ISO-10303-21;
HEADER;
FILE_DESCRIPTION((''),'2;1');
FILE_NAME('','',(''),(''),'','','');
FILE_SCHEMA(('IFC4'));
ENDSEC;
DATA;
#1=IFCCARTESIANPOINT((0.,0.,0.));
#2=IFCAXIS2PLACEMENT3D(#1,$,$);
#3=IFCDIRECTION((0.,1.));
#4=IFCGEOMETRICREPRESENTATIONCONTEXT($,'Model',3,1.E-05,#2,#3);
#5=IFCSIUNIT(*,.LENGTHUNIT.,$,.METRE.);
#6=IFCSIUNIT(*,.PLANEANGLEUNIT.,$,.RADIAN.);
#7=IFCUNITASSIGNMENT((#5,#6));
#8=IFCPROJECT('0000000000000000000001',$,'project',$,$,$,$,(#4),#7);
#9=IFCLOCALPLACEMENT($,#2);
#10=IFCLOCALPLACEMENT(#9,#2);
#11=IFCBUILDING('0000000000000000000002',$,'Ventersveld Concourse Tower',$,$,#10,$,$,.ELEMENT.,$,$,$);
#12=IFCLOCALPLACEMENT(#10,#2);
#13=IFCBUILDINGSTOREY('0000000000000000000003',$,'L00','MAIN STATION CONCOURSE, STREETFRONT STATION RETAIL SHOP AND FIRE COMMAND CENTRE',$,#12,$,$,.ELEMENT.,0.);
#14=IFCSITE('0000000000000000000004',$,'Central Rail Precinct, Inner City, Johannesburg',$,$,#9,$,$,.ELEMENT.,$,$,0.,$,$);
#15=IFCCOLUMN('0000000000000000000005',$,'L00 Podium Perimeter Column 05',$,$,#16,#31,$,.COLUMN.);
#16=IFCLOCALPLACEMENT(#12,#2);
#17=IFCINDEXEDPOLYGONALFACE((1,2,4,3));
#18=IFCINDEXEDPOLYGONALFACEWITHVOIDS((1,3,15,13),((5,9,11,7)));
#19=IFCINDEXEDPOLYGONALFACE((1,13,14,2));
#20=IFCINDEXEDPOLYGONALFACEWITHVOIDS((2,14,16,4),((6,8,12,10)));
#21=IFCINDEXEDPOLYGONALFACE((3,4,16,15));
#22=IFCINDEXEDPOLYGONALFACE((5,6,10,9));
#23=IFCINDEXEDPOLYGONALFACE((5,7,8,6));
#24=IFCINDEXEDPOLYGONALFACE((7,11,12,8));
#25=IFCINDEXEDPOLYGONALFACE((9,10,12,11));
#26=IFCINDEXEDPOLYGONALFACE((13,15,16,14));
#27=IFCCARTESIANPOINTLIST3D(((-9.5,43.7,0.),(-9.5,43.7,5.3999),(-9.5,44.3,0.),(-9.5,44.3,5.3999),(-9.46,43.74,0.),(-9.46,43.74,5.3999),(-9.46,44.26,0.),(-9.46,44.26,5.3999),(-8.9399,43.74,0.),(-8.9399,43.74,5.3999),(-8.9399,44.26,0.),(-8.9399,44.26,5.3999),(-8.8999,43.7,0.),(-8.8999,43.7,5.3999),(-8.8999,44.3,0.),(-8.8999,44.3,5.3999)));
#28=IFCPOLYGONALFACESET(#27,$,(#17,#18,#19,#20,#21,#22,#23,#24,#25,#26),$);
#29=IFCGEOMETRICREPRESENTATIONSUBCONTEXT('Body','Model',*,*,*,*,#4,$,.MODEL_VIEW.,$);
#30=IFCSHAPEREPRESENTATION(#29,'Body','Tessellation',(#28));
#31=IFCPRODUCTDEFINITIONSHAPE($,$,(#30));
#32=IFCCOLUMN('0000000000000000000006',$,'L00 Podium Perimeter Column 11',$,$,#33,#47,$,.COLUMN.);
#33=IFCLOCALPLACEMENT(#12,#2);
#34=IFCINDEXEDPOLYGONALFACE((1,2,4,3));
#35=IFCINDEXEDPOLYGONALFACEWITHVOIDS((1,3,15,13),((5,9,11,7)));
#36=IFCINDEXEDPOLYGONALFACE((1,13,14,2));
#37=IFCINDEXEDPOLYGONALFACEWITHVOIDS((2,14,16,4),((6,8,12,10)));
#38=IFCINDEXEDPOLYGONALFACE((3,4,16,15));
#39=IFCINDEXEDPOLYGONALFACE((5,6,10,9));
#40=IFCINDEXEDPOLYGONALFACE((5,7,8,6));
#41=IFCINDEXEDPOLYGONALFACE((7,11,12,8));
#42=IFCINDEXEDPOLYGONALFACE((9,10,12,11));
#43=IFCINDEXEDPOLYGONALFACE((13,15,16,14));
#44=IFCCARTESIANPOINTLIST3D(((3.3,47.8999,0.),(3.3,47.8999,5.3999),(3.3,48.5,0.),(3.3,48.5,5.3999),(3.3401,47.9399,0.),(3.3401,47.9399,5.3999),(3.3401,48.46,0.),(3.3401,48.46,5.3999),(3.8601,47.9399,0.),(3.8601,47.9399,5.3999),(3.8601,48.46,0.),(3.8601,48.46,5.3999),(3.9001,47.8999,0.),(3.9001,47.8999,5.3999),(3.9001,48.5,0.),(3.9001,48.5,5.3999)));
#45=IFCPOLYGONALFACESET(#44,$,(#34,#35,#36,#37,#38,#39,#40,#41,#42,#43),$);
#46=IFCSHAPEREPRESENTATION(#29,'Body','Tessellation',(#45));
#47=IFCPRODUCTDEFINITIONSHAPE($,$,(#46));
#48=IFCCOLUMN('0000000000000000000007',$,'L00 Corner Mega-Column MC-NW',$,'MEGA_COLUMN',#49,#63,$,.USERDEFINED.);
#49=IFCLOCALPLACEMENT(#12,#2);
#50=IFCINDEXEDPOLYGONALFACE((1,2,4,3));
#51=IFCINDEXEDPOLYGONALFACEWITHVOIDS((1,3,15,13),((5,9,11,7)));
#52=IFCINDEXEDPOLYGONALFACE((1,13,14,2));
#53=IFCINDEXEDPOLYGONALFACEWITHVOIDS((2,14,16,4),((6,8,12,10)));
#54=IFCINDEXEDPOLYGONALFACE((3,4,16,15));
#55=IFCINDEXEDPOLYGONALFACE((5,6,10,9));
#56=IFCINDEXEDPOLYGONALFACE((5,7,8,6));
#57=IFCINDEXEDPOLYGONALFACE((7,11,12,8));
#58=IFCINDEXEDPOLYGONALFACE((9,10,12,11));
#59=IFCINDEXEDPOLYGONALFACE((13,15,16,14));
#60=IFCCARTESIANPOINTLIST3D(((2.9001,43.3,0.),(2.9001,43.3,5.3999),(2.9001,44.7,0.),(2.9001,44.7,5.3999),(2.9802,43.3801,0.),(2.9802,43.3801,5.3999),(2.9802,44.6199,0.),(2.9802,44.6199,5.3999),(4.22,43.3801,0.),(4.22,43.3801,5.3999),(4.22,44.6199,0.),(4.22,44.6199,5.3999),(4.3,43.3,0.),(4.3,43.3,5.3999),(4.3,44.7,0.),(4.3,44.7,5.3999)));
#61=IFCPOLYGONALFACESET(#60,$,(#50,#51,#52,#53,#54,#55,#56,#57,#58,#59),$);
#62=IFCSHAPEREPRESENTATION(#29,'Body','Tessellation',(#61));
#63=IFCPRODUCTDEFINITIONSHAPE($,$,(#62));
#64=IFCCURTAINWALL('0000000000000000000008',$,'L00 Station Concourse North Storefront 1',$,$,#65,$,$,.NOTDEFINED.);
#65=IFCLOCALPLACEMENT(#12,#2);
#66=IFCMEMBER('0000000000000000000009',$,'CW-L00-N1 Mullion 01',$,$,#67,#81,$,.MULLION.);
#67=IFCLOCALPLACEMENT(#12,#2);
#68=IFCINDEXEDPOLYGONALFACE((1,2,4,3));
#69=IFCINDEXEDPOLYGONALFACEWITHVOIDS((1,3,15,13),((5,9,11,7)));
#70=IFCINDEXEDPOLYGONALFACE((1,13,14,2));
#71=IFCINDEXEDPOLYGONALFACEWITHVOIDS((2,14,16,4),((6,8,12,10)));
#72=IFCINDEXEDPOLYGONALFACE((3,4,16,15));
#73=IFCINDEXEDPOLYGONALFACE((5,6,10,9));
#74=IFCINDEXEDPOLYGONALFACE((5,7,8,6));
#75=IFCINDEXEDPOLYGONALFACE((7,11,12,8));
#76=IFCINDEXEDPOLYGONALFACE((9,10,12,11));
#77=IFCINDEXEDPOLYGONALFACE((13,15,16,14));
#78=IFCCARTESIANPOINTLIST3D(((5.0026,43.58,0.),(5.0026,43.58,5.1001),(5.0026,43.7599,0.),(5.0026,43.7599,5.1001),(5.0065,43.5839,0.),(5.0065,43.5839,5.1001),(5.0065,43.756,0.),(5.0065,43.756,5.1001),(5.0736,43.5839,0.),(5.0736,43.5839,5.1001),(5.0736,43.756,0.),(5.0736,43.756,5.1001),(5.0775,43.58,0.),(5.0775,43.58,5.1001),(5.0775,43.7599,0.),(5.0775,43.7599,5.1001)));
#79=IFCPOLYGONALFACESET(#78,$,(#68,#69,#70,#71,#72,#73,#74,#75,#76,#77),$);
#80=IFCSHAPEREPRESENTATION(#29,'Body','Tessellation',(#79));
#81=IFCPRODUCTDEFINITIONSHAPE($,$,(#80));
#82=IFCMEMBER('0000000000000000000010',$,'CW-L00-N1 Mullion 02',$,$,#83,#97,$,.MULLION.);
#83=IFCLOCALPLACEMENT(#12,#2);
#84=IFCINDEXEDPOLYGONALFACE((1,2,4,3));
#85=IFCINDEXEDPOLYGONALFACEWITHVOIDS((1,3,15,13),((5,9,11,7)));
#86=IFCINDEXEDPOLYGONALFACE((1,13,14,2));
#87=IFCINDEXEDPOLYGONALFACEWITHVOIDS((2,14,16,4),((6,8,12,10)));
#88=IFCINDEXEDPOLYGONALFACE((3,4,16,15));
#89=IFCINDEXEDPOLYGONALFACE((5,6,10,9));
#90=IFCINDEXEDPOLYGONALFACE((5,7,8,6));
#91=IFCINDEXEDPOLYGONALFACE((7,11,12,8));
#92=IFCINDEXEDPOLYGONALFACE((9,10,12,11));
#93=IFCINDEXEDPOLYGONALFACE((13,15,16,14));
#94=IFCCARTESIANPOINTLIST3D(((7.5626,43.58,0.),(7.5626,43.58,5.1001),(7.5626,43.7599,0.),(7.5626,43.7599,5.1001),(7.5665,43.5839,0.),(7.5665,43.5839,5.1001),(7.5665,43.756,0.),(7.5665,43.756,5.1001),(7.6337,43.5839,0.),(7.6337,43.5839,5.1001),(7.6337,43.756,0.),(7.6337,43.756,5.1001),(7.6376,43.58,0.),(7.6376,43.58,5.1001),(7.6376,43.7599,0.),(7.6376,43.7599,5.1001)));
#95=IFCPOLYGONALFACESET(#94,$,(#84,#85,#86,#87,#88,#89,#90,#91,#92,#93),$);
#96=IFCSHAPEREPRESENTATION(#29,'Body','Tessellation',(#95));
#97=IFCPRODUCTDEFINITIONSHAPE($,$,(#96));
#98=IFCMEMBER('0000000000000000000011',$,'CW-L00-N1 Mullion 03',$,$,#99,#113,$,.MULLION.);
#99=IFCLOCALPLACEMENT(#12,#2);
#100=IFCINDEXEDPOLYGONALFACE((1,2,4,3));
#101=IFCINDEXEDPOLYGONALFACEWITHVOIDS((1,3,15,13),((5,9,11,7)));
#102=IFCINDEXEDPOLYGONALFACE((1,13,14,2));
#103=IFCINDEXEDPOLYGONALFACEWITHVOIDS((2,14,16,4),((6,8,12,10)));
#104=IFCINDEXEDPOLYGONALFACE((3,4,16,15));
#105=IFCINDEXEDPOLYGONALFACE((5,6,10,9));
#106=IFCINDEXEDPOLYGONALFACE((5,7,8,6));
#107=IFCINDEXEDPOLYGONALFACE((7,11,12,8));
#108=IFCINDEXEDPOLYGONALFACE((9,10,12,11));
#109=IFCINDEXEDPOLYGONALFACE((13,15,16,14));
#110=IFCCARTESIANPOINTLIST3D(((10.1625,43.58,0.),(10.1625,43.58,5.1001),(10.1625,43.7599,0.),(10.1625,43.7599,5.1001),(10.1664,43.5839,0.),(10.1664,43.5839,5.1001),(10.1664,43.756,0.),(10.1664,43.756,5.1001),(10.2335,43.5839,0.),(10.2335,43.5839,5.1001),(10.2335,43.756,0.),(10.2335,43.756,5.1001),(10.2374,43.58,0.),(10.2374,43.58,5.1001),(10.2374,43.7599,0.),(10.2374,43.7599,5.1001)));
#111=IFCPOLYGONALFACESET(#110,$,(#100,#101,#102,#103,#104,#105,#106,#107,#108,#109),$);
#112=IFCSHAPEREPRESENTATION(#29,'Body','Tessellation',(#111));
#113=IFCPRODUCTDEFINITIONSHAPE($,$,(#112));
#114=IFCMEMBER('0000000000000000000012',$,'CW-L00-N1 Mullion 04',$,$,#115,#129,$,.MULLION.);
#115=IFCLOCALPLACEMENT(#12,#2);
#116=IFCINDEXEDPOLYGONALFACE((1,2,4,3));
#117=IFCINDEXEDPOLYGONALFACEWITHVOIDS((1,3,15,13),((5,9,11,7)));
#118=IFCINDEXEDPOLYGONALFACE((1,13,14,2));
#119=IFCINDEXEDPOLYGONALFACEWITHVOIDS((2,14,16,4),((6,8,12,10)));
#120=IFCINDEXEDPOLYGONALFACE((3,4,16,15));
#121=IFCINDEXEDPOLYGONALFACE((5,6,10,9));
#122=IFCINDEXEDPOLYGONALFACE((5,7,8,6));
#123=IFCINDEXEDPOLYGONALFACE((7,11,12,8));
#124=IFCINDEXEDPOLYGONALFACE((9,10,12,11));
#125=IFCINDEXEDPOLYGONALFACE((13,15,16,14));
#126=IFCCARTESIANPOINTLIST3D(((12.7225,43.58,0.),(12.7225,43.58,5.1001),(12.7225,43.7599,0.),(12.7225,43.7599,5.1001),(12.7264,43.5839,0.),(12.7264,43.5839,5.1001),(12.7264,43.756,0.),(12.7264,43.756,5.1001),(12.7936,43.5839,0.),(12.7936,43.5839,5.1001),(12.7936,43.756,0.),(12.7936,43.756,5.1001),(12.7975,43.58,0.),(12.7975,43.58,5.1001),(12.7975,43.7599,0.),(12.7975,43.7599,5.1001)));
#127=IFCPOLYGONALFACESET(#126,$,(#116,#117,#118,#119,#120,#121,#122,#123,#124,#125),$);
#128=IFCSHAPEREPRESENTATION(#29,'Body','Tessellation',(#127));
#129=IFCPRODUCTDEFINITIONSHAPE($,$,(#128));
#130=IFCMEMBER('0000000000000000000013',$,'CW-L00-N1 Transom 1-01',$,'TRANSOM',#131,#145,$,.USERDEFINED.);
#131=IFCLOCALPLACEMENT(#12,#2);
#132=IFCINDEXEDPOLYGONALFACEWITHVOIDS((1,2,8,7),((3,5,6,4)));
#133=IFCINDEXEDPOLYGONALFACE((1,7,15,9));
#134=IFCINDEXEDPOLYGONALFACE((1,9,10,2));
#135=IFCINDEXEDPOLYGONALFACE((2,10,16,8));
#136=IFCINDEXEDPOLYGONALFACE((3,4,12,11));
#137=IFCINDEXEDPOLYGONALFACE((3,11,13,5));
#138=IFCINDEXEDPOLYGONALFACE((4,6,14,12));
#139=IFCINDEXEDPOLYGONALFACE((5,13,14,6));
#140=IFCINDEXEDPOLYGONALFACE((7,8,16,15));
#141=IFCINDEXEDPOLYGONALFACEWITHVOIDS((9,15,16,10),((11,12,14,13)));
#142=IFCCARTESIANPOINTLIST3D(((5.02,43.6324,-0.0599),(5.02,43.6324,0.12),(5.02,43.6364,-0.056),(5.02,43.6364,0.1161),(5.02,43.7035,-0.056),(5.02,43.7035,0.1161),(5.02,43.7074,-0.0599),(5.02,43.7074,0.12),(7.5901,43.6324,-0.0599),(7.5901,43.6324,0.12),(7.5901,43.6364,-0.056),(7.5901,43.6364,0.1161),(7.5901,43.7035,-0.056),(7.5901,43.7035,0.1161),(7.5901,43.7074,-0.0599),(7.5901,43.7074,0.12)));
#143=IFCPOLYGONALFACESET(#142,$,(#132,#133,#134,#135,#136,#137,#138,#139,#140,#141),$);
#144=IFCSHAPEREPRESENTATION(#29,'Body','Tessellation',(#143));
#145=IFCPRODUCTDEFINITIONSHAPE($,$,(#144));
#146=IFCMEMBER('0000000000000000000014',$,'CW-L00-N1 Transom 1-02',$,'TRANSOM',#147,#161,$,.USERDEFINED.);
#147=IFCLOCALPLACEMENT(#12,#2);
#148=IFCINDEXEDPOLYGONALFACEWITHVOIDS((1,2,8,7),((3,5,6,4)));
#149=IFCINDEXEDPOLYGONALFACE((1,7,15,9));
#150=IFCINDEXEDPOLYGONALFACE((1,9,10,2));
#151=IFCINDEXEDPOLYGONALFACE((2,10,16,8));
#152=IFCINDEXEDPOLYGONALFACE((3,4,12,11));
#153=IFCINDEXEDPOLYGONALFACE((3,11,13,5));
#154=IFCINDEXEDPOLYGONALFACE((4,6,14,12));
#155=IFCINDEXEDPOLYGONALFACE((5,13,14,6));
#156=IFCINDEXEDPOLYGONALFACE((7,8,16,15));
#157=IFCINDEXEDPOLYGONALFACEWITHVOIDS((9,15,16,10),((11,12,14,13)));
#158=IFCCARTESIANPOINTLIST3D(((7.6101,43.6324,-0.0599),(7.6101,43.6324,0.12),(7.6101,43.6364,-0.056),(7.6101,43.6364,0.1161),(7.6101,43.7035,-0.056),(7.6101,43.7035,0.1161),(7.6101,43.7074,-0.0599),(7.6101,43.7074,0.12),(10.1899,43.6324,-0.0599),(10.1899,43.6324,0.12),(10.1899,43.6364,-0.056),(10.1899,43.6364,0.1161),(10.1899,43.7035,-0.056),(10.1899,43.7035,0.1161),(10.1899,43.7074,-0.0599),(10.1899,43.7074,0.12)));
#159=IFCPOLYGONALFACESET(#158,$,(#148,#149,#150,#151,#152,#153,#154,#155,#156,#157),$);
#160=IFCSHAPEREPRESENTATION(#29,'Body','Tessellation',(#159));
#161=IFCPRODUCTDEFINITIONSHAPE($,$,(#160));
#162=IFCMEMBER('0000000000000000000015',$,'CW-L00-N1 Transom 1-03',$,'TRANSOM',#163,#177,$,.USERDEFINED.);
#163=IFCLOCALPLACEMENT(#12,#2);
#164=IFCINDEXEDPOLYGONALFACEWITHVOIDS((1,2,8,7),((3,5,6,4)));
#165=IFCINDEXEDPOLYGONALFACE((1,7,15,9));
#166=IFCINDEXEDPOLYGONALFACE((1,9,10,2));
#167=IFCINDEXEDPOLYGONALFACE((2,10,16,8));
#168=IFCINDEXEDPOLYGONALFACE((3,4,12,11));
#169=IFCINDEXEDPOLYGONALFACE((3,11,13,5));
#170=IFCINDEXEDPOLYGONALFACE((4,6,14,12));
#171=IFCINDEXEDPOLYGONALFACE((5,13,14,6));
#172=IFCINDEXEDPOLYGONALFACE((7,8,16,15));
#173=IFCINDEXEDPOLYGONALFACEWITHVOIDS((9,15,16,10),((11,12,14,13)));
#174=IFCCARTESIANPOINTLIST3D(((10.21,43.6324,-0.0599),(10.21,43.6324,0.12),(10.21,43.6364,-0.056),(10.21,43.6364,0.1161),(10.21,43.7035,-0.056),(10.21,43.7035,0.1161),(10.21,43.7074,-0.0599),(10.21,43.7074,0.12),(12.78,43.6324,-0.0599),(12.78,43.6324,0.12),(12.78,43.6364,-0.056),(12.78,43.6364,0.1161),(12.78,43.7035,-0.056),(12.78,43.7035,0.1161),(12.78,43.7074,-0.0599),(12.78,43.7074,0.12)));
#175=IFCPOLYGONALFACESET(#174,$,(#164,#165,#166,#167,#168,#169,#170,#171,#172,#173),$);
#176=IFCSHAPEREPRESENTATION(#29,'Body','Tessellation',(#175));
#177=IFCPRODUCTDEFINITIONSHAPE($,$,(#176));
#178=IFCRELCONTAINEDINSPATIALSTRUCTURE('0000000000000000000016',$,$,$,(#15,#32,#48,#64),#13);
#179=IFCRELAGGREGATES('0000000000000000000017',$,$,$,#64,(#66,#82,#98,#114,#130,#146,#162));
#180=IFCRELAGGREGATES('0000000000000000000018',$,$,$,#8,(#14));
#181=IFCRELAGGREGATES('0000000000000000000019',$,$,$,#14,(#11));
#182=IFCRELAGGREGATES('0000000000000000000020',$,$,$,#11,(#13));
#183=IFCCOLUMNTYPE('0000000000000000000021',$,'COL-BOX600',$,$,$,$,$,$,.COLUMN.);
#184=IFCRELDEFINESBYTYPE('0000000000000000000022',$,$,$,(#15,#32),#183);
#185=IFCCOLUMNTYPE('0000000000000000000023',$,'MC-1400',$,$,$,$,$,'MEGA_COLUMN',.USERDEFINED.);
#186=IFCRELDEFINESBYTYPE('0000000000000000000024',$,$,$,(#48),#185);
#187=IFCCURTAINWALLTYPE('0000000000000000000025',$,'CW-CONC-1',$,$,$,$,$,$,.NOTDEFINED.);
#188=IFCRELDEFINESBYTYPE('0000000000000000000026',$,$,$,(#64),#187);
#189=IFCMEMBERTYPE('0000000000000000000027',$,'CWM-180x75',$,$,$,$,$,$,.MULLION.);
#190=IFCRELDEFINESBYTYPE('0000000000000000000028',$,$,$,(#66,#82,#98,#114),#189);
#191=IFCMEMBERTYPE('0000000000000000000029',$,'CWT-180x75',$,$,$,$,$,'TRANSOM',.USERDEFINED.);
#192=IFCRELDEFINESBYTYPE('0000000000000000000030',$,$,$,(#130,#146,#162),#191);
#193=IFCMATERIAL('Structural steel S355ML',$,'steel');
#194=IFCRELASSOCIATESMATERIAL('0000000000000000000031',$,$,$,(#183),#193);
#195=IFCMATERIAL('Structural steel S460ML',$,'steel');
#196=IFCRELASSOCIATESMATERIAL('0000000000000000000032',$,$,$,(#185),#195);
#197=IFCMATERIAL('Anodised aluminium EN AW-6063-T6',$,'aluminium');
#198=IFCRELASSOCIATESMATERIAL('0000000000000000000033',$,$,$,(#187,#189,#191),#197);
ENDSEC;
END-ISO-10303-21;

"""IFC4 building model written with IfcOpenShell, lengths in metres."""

from ifc_helpers import new_model, si_unit, direction, frame, origin, origin_2d, place, context, subcontext, project, spatial, hollow_rectangle, extrude, material, material_profile, profile_set, type_object, element, aggregate, save


model = new_model("IFC4")

# Units and contexts
model_context = context("Model", 3, precision=1e-05, world=origin(), true_north=direction((0.0, 1.0)))
body_context = subcontext(model_context, "Body", "Model", "MODEL_VIEW")
ifc_project = project(units=[si_unit("LENGTHUNIT", "METRE"), si_unit("PLANEANGLEUNIT", "RADIAN")], contexts=[model_context])

# Site, building, storey
site_placement = place(None, origin())
site = spatial("IfcSite", under=ifc_project, at=site_placement, Name="Central Rail Precinct, Inner City, Johannesburg", CompositionType="ELEMENT", RefElevation=0.0)
building_placement = place(site_placement, origin())
building = spatial("IfcBuilding", under=site, at=building_placement, Name="Ventersveld Concourse Tower", CompositionType="ELEMENT")
storey_placement = place(building_placement, origin())
storey = spatial("IfcBuildingStorey", under=building, at=storey_placement, Name="L00", Description="MAIN STATION CONCOURSE, STREETFRONT STATION RETAIL SHOP AND FIRE COMMAND CENTRE", CompositionType="ELEMENT", Elevation=0.0)

# Columns
ifc_material_1 = material(Name="Structural steel S355ML", Category="steel")
ifc_material_profile_1 = material_profile(ifc_material_1, hollow_rectangle(XDim=0.6001, YDim=0.6001, WallThickness=0.04, at=origin_2d()), Name="BOX 600x600x40")
ifc_profile_set_1 = profile_set([ifc_material_profile_1], Name="Structural steel S355ML")
column_type_1 = type_object("IfcColumnType", Name="COL-BOX600", PredefinedType="COLUMN", material=ifc_profile_set_1)
for number, where, z_axis, x_axis, name in (
    (1, (-9.2, 44.0, 0.0), (0.0, 0.0, 1.0), (1.0, 0.0, 0.0), "L00 Podium Perimeter Column 05"),
    (2, (3.6001, 48.2, 0.0), (0.0, 0.0, 1.0), (1.0, 0.0, 0.0), "L00 Podium Perimeter Column 11"),
):
    element("IfcColumn", number, at=place(storey_placement, frame(where, z_axis=z_axis, x_axis=x_axis)), inside=storey, type_object=column_type_1, Name=name, PredefinedType="COLUMN", context=body_context, shape_type="SweptSolid", body=[
        extrude(hollow_rectangle(XDim=0.6001, YDim=0.6001, WallThickness=0.04, at=origin_2d()), origin(), (0.0, 0.0, 1.0), 5.3999),
    ])
ifc_material_2 = material(Name="Structural steel S460ML", Category="steel")
ifc_material_profile_2 = material_profile(ifc_material_2, hollow_rectangle(XDim=1.3999, YDim=1.3999, WallThickness=0.0801, at=origin_2d()), Name="BOX 1400x1400x80")
ifc_profile_set_2 = profile_set([ifc_material_profile_2], Name="Structural steel S460ML")
column_type_2 = type_object("IfcColumnType", Name="MC-1400", ElementType="MEGA_COLUMN", PredefinedType="USERDEFINED", material=ifc_profile_set_2)
column_placement = place(storey_placement, frame((3.6001, 44.0, 0.0), z_axis=(0.0, 0.0, 1.0), x_axis=(1.0, 0.0, 0.0)))
element("IfcColumn", 3, at=column_placement, inside=storey, type_object=column_type_2, Name="L00 Corner Mega-Column MC-NW", ObjectType="MEGA_COLUMN", PredefinedType="USERDEFINED", context=body_context, shape_type="SweptSolid", body=[
    extrude(hollow_rectangle(XDim=1.3999, YDim=1.3999, WallThickness=0.0801, at=origin_2d()), origin(), (0.0, 0.0, 1.0), 5.3999),
])

# Curtain wall, members
ifc_material_3 = material(Name="Anodised aluminium EN AW-6063-T6", Category="aluminium")
curtain_wall_type = type_object("IfcCurtainWallType", Name="CW-CONC-1", PredefinedType="NOTDEFINED", material=ifc_material_3)
curtain_wall_placement = place(storey_placement, origin())
curtain_wall = element("IfcCurtainWall", 4, at=curtain_wall_placement, inside=storey, type_object=curtain_wall_type, Name="L00 Station Concourse North Storefront 1", PredefinedType="NOTDEFINED")
ifc_material_profile_3 = material_profile(ifc_material_3, hollow_rectangle(XDim=0.075, YDim=0.1799, WallThickness=0.0039, at=origin_2d()), Name="ALU 180x75x4")
ifc_profile_set_3 = profile_set([ifc_material_profile_3], Name="Anodised aluminium EN AW-6063-T6")
member_type_1 = type_object("IfcMemberType", Name="CWM-180x75", PredefinedType="MULLION", material=ifc_profile_set_3)
member_1_placement = place(storey_placement, frame((5.04, 43.6699, 0.0), z_axis=(0.0, 0.0, 1.0), x_axis=(1.0, 0.0, 0.0)))
member_1 = element("IfcMember", 5, at=member_1_placement, type_object=member_type_1, Name="CW-L00-N1 Mullion 01", PredefinedType="MULLION", context=body_context, shape_type="SweptSolid", body=[
    extrude(hollow_rectangle(XDim=0.075, YDim=0.1799, WallThickness=0.0039, at=origin_2d()), origin(), (0.0, 0.0, 1.0), 5.1001),
])
member_2_placement = place(storey_placement, frame((7.6001, 43.6699, 0.0), z_axis=(0.0, 0.0, 1.0), x_axis=(1.0, 0.0, 0.0)))
member_2 = element("IfcMember", 6, at=member_2_placement, type_object=member_type_1, Name="CW-L00-N1 Mullion 02", PredefinedType="MULLION", context=body_context, shape_type="SweptSolid", body=[
    extrude(hollow_rectangle(XDim=0.075, YDim=0.1799, WallThickness=0.0039, at=origin_2d()), origin(), (0.0, 0.0, 1.0), 5.1001),
])
member_3_placement = place(storey_placement, frame((10.2, 43.6699, 0.0), z_axis=(0.0, 0.0, 1.0), x_axis=(1.0, 0.0, 0.0)))
member_3 = element("IfcMember", 7, at=member_3_placement, type_object=member_type_1, Name="CW-L00-N1 Mullion 03", PredefinedType="MULLION", context=body_context, shape_type="SweptSolid", body=[
    extrude(hollow_rectangle(XDim=0.075, YDim=0.1799, WallThickness=0.0039, at=origin_2d()), origin(), (0.0, 0.0, 1.0), 5.1001),
])
member_4_placement = place(storey_placement, frame((12.76, 43.6699, 0.0), z_axis=(0.0, 0.0, 1.0), x_axis=(1.0, 0.0, 0.0)))
member_4 = element("IfcMember", 8, at=member_4_placement, type_object=member_type_1, Name="CW-L00-N1 Mullion 04", PredefinedType="MULLION", context=body_context, shape_type="SweptSolid", body=[
    extrude(hollow_rectangle(XDim=0.075, YDim=0.1799, WallThickness=0.0039, at=origin_2d()), origin(), (0.0, 0.0, 1.0), 5.1001),
])
ifc_material_profile_4 = material_profile(ifc_material_3, hollow_rectangle(XDim=0.075, YDim=0.1799, WallThickness=0.0039, at=origin_2d()), Name="ALU 180x75x4")
ifc_profile_set_4 = profile_set([ifc_material_profile_4], Name="Anodised aluminium EN AW-6063-T6")
member_type_2 = type_object("IfcMemberType", Name="CWT-180x75", ElementType="TRANSOM", PredefinedType="USERDEFINED", material=ifc_profile_set_4)
member_5_placement = place(storey_placement, frame((5.02, 43.6699, 0.03), z_axis=(1.0, 0.0, 0.0), x_axis=(0.0, 1.0, 0.0)))
member_5 = element("IfcMember", 9, at=member_5_placement, type_object=member_type_2, Name="CW-L00-N1 Transom 1-01", ObjectType="TRANSOM", PredefinedType="USERDEFINED", context=body_context, shape_type="SweptSolid", body=[
    extrude(hollow_rectangle(XDim=0.075, YDim=0.1799, WallThickness=0.0039, at=origin_2d()), origin(), (0.0, 0.0, 1.0), 2.5701),
])
member_6_placement = place(storey_placement, frame((7.6101, 43.6699, 0.03), z_axis=(1.0, 0.0, 0.0), x_axis=(0.0, 1.0, 0.0)))
member_6 = element("IfcMember", 10, at=member_6_placement, type_object=member_type_2, Name="CW-L00-N1 Transom 1-02", ObjectType="TRANSOM", PredefinedType="USERDEFINED", context=body_context, shape_type="SweptSolid", body=[
    extrude(hollow_rectangle(XDim=0.075, YDim=0.1799, WallThickness=0.0039, at=origin_2d()), origin(), (0.0, 0.0, 1.0), 2.5798),
])
member_7_placement = place(storey_placement, frame((10.21, 43.6699, 0.03), z_axis=(1.0, 0.0, 0.0), x_axis=(0.0, 1.0, 0.0)))
member_7 = element("IfcMember", 11, at=member_7_placement, type_object=member_type_2, Name="CW-L00-N1 Transom 1-03", ObjectType="TRANSOM", PredefinedType="USERDEFINED", context=body_context, shape_type="SweptSolid", body=[
    extrude(hollow_rectangle(XDim=0.075, YDim=0.1799, WallThickness=0.0039, at=origin_2d()), origin(), (0.0, 0.0, 1.0), 2.5701),
])

aggregate(curtain_wall, [member_1, member_2, member_3, member_4, member_5, member_6, member_7])

save(model, "model.ifc")
